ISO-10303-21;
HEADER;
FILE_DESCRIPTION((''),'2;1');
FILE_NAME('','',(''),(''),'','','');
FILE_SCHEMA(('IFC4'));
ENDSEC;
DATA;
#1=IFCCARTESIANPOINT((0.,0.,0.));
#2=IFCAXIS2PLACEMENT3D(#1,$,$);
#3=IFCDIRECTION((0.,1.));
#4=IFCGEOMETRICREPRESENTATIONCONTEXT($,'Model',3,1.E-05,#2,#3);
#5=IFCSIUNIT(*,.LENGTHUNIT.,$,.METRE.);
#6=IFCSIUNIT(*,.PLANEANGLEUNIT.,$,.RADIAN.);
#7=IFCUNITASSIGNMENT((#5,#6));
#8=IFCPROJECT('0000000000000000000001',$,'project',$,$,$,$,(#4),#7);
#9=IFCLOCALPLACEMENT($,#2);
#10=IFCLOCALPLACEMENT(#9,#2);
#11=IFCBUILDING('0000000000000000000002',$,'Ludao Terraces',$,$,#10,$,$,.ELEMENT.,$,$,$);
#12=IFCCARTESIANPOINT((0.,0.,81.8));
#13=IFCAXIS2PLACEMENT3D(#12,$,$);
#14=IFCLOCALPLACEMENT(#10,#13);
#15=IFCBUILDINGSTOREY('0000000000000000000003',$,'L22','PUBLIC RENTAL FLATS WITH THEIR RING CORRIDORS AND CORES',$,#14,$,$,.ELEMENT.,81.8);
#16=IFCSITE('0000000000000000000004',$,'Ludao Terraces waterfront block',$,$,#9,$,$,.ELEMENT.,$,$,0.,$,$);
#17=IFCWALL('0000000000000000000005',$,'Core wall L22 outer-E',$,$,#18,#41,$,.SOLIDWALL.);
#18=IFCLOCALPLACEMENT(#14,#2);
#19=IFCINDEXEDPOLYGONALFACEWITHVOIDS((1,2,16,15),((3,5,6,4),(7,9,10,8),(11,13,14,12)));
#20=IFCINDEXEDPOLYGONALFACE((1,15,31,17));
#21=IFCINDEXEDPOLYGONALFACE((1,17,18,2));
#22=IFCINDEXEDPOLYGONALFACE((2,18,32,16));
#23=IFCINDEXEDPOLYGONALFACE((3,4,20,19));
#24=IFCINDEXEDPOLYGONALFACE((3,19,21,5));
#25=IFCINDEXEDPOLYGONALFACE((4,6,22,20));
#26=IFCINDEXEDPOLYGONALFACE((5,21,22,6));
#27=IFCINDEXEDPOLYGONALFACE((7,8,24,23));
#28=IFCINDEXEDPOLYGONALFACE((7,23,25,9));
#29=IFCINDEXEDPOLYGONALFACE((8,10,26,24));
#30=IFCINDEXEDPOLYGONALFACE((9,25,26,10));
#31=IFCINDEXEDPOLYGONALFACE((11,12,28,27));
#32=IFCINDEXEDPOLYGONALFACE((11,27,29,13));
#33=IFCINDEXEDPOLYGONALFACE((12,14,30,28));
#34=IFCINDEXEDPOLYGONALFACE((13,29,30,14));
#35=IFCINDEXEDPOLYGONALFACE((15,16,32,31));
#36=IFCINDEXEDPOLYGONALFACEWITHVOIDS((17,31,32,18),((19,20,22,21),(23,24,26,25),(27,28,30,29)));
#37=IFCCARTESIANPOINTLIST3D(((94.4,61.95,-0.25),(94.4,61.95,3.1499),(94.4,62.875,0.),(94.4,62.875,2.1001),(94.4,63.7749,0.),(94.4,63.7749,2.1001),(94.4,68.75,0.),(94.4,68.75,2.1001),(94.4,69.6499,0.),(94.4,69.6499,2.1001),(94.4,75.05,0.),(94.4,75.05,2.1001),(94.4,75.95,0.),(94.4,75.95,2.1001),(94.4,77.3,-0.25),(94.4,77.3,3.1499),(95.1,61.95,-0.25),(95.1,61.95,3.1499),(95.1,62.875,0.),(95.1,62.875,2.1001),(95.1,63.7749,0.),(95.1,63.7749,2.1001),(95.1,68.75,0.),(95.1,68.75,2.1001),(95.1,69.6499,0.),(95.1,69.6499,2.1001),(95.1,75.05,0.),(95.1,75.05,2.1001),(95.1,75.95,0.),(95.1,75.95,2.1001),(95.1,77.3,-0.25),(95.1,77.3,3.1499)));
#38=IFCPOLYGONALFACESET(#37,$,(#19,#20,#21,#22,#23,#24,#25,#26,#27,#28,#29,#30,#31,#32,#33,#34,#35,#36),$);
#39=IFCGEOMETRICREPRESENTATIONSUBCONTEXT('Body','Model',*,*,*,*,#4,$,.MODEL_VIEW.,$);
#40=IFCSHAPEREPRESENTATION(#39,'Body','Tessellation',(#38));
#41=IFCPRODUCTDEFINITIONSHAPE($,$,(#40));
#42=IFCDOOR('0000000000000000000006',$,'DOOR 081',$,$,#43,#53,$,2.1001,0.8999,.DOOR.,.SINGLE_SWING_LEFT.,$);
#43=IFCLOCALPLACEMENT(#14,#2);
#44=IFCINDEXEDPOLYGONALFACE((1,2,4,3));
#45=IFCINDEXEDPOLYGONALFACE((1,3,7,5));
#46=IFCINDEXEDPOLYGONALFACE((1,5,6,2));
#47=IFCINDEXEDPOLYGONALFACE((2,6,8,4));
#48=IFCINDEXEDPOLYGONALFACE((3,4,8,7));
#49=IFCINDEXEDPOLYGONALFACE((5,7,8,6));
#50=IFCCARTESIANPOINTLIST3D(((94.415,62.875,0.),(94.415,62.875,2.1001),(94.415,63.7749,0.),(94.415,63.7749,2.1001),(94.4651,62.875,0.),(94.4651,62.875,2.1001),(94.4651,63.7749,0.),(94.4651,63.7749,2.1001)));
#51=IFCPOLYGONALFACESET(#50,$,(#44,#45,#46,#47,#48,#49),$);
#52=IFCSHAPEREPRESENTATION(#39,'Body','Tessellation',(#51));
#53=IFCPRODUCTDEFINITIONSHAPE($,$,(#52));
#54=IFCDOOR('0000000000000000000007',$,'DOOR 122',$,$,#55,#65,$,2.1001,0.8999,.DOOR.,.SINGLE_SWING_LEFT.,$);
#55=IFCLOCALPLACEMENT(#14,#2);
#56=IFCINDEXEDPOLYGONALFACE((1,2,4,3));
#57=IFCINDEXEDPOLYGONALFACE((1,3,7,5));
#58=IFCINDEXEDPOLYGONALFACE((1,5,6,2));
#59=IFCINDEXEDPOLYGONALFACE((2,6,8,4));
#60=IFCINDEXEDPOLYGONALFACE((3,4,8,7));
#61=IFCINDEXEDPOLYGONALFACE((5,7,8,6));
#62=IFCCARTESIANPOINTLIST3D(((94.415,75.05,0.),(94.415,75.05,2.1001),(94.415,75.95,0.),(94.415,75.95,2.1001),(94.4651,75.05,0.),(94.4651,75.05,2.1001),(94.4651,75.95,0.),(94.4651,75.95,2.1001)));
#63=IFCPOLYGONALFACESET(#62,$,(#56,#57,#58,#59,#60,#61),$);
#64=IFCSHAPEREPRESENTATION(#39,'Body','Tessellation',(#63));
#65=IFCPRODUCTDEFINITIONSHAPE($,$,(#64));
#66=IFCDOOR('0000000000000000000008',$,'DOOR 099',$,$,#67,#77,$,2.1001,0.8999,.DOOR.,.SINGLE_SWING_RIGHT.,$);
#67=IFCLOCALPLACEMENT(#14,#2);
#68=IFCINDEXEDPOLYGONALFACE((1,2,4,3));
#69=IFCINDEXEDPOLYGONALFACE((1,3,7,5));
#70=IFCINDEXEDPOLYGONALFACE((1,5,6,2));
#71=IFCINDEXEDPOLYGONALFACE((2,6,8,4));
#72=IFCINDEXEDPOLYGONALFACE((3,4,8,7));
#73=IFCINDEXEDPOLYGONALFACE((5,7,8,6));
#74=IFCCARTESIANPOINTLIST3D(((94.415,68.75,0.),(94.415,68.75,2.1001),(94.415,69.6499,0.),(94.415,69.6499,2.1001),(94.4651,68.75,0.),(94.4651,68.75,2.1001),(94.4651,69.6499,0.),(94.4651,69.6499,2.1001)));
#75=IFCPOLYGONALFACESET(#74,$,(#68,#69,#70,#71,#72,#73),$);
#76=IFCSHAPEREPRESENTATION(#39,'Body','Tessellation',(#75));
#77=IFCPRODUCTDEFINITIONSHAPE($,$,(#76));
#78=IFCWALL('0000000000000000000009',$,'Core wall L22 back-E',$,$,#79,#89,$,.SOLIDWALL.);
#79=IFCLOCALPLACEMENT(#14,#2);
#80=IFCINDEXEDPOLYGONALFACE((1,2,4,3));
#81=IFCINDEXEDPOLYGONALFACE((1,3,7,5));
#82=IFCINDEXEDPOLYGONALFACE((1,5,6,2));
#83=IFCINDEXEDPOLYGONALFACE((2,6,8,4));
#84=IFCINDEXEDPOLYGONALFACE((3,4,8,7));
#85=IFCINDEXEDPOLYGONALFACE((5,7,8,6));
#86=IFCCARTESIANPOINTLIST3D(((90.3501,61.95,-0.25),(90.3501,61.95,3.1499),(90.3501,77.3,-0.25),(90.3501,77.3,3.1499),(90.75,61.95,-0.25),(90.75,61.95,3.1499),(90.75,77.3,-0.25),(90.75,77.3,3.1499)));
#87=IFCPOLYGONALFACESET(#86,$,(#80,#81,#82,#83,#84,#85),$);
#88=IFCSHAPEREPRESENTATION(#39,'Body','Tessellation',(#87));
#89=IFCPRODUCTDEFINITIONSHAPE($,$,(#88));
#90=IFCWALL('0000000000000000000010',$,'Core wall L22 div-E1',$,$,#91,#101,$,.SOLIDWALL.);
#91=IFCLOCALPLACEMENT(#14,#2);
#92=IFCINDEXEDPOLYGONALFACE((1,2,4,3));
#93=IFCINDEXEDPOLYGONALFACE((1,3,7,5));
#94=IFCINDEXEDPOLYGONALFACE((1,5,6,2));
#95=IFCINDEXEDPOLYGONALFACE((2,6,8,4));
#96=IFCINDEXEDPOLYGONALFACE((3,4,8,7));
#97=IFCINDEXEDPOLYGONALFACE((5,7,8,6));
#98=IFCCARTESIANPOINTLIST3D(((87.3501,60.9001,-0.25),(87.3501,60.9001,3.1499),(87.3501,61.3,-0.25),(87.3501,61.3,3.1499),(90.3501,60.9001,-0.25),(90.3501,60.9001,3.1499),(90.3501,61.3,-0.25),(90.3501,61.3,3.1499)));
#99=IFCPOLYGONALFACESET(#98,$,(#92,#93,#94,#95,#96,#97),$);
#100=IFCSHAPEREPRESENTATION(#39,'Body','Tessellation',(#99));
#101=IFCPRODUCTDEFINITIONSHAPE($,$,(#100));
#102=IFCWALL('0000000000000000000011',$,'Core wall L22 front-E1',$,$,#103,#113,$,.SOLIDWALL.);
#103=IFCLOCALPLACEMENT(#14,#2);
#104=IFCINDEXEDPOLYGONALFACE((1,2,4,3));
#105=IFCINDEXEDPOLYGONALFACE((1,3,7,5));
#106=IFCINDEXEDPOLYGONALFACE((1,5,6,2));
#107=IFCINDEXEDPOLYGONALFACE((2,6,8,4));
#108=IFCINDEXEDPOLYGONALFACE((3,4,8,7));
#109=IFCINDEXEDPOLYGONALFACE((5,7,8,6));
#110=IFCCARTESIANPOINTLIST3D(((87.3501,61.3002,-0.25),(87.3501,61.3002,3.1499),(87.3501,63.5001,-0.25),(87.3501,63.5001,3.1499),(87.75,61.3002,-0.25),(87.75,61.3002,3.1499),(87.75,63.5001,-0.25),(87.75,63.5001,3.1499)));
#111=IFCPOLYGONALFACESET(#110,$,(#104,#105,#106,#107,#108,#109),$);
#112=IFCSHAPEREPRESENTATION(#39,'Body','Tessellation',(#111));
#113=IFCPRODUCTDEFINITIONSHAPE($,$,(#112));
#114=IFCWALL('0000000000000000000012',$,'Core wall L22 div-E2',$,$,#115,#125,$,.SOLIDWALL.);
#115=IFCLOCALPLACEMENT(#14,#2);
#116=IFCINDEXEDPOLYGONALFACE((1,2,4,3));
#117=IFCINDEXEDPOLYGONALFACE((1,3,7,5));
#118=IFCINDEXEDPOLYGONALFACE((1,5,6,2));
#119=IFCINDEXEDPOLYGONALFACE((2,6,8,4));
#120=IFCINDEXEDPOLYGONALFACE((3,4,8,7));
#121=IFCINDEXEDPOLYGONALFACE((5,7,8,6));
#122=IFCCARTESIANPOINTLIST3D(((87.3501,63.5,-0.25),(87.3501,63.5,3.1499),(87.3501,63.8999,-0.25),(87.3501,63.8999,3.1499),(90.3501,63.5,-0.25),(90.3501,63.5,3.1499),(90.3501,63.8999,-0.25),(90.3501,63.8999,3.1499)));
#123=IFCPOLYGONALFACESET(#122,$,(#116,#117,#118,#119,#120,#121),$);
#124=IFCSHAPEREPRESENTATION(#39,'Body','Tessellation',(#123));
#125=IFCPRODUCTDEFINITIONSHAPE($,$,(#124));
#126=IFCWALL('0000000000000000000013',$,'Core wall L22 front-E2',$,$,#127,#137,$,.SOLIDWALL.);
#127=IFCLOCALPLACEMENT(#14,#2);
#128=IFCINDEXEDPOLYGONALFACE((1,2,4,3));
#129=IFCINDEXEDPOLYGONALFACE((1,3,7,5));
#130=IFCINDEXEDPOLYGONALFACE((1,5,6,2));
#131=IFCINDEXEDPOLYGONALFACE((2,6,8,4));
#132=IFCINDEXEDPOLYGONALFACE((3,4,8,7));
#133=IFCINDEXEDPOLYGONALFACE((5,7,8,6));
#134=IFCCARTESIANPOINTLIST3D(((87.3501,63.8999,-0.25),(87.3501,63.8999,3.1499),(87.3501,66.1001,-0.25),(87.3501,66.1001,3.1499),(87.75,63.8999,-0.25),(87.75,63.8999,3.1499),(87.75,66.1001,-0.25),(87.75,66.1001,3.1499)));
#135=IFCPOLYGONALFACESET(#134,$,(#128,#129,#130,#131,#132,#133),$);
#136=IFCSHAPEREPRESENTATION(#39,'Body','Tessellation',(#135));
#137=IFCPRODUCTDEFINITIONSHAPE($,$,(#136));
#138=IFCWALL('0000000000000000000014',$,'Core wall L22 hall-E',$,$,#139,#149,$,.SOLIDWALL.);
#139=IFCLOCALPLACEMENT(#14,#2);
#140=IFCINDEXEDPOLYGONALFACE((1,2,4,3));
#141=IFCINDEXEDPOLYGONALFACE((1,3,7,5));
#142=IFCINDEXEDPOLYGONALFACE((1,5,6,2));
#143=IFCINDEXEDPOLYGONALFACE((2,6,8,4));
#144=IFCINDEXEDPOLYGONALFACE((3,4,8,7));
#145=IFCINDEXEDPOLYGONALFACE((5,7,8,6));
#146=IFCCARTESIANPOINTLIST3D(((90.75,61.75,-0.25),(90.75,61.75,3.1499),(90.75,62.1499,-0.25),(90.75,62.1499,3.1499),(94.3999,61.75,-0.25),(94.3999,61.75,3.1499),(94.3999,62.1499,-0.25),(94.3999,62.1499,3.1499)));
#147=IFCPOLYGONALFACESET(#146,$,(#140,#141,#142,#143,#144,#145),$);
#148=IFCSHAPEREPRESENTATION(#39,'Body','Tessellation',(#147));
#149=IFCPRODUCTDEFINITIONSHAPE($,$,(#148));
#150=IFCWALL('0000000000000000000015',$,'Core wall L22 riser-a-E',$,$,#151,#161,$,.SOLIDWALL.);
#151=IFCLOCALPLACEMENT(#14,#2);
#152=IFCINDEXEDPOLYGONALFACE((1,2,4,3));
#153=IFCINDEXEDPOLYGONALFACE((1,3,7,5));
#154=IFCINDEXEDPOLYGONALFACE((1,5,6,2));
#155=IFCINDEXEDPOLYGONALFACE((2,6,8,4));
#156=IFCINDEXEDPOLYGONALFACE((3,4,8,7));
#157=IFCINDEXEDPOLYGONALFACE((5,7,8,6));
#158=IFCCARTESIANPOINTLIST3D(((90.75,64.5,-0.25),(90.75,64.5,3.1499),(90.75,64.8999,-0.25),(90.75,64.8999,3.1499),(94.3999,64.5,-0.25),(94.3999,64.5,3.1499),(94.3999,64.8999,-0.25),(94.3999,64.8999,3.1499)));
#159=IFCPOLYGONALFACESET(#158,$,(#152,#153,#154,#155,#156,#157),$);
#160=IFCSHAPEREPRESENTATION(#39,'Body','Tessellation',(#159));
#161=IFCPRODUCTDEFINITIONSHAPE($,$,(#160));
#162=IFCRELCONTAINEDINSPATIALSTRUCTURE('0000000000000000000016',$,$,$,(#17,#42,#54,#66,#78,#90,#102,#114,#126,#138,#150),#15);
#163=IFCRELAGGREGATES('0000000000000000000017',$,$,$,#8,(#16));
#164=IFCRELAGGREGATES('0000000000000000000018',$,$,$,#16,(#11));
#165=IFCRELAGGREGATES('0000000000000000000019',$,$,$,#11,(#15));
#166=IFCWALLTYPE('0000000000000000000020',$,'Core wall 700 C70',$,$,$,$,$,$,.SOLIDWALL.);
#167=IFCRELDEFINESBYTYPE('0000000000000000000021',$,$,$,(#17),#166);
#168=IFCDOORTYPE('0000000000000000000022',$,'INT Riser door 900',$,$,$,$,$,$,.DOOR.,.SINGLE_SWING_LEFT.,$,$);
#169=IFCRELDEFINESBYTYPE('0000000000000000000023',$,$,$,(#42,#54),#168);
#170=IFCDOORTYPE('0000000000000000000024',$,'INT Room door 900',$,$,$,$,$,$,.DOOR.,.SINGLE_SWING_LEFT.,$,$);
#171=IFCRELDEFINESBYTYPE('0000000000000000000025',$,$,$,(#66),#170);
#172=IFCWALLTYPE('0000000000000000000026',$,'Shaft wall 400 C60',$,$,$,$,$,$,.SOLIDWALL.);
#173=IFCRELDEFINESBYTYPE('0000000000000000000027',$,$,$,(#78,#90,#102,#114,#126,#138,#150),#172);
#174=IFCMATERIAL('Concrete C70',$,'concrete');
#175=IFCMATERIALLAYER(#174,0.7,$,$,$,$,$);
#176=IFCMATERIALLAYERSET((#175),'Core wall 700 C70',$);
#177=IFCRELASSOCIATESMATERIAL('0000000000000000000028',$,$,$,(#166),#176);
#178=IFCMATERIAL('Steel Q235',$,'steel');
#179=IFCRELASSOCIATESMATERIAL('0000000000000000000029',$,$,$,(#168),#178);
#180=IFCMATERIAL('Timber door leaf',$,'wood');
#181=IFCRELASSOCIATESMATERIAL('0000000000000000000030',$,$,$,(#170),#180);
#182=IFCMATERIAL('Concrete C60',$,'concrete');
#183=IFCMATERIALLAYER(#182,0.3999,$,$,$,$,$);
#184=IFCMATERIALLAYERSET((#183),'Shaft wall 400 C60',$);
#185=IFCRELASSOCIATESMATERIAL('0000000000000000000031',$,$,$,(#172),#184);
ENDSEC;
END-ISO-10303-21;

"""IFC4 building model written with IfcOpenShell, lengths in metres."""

from ifc_helpers import new_model, si_unit, direction, frame, frame_2d, origin, place, context, subcontext, project, spatial, rectangle, extrude, material, layer, layer_set, type_object, element, fill, save


model = new_model("IFC4")

# Units and contexts
model_context = context("Model", 3, precision=1e-05, world=origin(), true_north=direction((0.0, 1.0)))
body_context = subcontext(model_context, "Body", "Model", "MODEL_VIEW")
ifc_project = project(units=[si_unit("LENGTHUNIT", "METRE"), si_unit("PLANEANGLEUNIT", "RADIAN")], contexts=[model_context])

# Site, building, storey
site_placement = place(None, origin())
site = spatial("IfcSite", under=ifc_project, at=site_placement, Name="Ludao Terraces waterfront block", CompositionType="ELEMENT", RefElevation=0.0)
building_placement = place(site_placement, origin())
building = spatial("IfcBuilding", under=site, at=building_placement, Name="Ludao Terraces", CompositionType="ELEMENT")
storey_placement = place(building_placement, frame((0.0, 0.0, 81.8)))
storey = spatial("IfcBuildingStorey", under=building, at=storey_placement, Name="L22", Description="PUBLIC RENTAL FLATS WITH THEIR RING CORRIDORS AND CORES", CompositionType="ELEMENT", Elevation=81.8)

# Wall, openings, doors
ifc_material_1 = material(Name="Concrete C70", Category="concrete")
ifc_layer_1 = layer(ifc_material_1, 0.7)
ifc_layer_set_1 = layer_set([ifc_layer_1], Name="Core wall 700 C70")
wall_type_1 = type_object("IfcWallType", Name="Core wall 700 C70", PredefinedType="SOLIDWALL", material=ifc_layer_set_1)
wall_1_placement = place(storey_placement, frame((94.75, 61.95, -0.25), z_axis=(0.0, 0.0, 1.0), x_axis=(0.0, 1.0, 0.0)))
wall_1 = element("IfcWall", 1, at=wall_1_placement, inside=storey, type_object=wall_type_1, Name="Core wall L22 outer-E", PredefinedType="SOLIDWALL", context=body_context, shape_type="SweptSolid", body=[
    extrude(rectangle(XDim=15.3501, YDim=0.7, at=frame_2d((7.675, 0.0))), origin(), (0.0, 0.0, 1.0), 3.3999),
])
opening_1_placement = place(wall_1_placement, frame((0.925, 0.0, 0.25)))
opening_1 = element("IfcOpeningElement", 2, at=opening_1_placement, cuts=wall_1, PredefinedType="OPENING", context=body_context, shape_type="SweptSolid", body=[
    extrude(rectangle(XDim=0.8999, YDim=2.1001, at=frame_2d((0.45, 1.05))), frame((0.0, 0.3599, 0.0), z_axis=(0.0, -1.0, 0.0), x_axis=(1.0, 0.0, 0.0)), (0.0, 0.0, 1.0), 0.72),
])
opening_2_placement = place(wall_1_placement, frame((6.8, 0.0, 0.25)))
opening_2 = element("IfcOpeningElement", 3, at=opening_2_placement, cuts=wall_1, PredefinedType="OPENING", context=body_context, shape_type="SweptSolid", body=[
    extrude(rectangle(XDim=0.8999, YDim=2.1001, at=frame_2d((0.45, 1.05))), frame((0.0, 0.3599, 0.0), z_axis=(0.0, -1.0, 0.0), x_axis=(1.0, 0.0, 0.0)), (0.0, 0.0, 1.0), 0.72),
])
opening_3_placement = place(wall_1_placement, frame((13.1001, 0.0, 0.25)))
opening_3 = element("IfcOpeningElement", 4, at=opening_3_placement, cuts=wall_1, PredefinedType="OPENING", context=body_context, shape_type="SweptSolid", body=[
    extrude(rectangle(XDim=0.8999, YDim=2.1001, at=frame_2d((0.45, 1.05))), frame((0.0, 0.3599, 0.0), z_axis=(0.0, -1.0, 0.0), x_axis=(1.0, 0.0, 0.0)), (0.0, 0.0, 1.0), 0.72),
])
ifc_material_2 = material(Name="Steel Q235", Category="steel")
door_type_1 = type_object("IfcDoorType", Name="INT Riser door 900", OperationType="SINGLE_SWING_LEFT", PredefinedType="DOOR", material=ifc_material_2)
door_1_placement = place(opening_1_placement, origin())
door_1 = element("IfcDoor", 5, at=door_1_placement, inside=storey, type_object=door_type_1, Name="DOOR 081", OperationType="SINGLE_SWING_LEFT", OverallHeight=2.1001, OverallWidth=0.8999, PredefinedType="DOOR", context=body_context, shape_type="SweptSolid", body=[
    extrude(rectangle(XDim=0.8999, YDim=2.1001, at=frame_2d((0.45, 1.05))), frame((0.0, 0.335, 0.0), z_axis=(0.0, -1.0, 0.0), x_axis=(1.0, 0.0, 0.0)), (0.0, 0.0, 1.0), 0.05),
])
fill(opening_1, door_1)
door_2_placement = place(opening_3_placement, origin())
door_2 = element("IfcDoor", 6, at=door_2_placement, inside=storey, type_object=door_type_1, Name="DOOR 122", OperationType="SINGLE_SWING_LEFT", OverallHeight=2.1001, OverallWidth=0.8999, PredefinedType="DOOR", context=body_context, shape_type="SweptSolid", body=[
    extrude(rectangle(XDim=0.8999, YDim=2.1001, at=frame_2d((0.45, 1.05))), frame((0.0, 0.335, 0.0), z_axis=(0.0, -1.0, 0.0), x_axis=(1.0, 0.0, 0.0)), (0.0, 0.0, 1.0), 0.05),
])
fill(opening_3, door_2)
ifc_material_3 = material(Name="Timber door leaf", Category="wood")
door_type_2 = type_object("IfcDoorType", Name="INT Room door 900", OperationType="SINGLE_SWING_LEFT", PredefinedType="DOOR", material=ifc_material_3)
door_3_placement = place(opening_2_placement, origin())
door_3 = element("IfcDoor", 7, at=door_3_placement, inside=storey, type_object=door_type_2, Name="DOOR 099", OperationType="SINGLE_SWING_RIGHT", OverallHeight=2.1001, OverallWidth=0.8999, PredefinedType="DOOR", context=body_context, shape_type="SweptSolid", body=[
    extrude(rectangle(XDim=0.8999, YDim=2.1001, at=frame_2d((0.45, 1.05))), frame((0.0, 0.335, 0.0), z_axis=(0.0, -1.0, 0.0), x_axis=(1.0, 0.0, 0.0)), (0.0, 0.0, 1.0), 0.05),
])
fill(opening_2, door_3)

# Walls
ifc_material_4 = material(Name="Concrete C60", Category="concrete")
ifc_layer_2 = layer(ifc_material_4, 0.3999)
ifc_layer_set_2 = layer_set([ifc_layer_2], Name="Shaft wall 400 C60")
wall_type_2 = type_object("IfcWallType", Name="Shaft wall 400 C60", PredefinedType="SOLIDWALL", material=ifc_layer_set_2)
wall_2_placement = place(storey_placement, frame((90.55, 61.95, -0.25), z_axis=(0.0, 0.0, 1.0), x_axis=(0.0, 1.0, 0.0)))
element("IfcWall", 8, at=wall_2_placement, inside=storey, type_object=wall_type_2, Name="Core wall L22 back-E", PredefinedType="SOLIDWALL", context=body_context, shape_type="SweptSolid", body=[
    extrude(rectangle(XDim=15.3501, YDim=0.3999, at=frame_2d((7.675, 0.0))), origin(), (0.0, 0.0, 1.0), 3.3999),
])
wall_3_placement = place(storey_placement, frame((87.3501, 61.1001, -0.25), z_axis=(0.0, 0.0, 1.0), x_axis=(1.0, 0.0, 0.0)))
element("IfcWall", 9, at=wall_3_placement, inside=storey, type_object=wall_type_2, Name="Core wall L22 div-E1", PredefinedType="SOLIDWALL", context=body_context, shape_type="SweptSolid", body=[
    extrude(rectangle(XDim=3.0, YDim=0.3999, at=frame_2d((1.5, 0.0))), origin(), (0.0, 0.0, 1.0), 3.3999),
])
wall_4_placement = place(storey_placement, frame((87.55, 61.3, -0.25), z_axis=(0.0, 0.0, 1.0), x_axis=(0.0, 1.0, 0.0)))
element("IfcWall", 10, at=wall_4_placement, inside=storey, type_object=wall_type_2, Name="Core wall L22 front-E1", PredefinedType="SOLIDWALL", context=body_context, shape_type="SweptSolid", body=[
    extrude(rectangle(XDim=2.2, YDim=0.3999, at=frame_2d((1.1001, 0.0))), origin(), (0.0, 0.0, 1.0), 3.3999),
])
wall_5_placement = place(storey_placement, frame((87.3501, 63.7, -0.25), z_axis=(0.0, 0.0, 1.0), x_axis=(1.0, 0.0, 0.0)))
element("IfcWall", 11, at=wall_5_placement, inside=storey, type_object=wall_type_2, Name="Core wall L22 div-E2", PredefinedType="SOLIDWALL", context=body_context, shape_type="SweptSolid", body=[
    extrude(rectangle(XDim=3.0, YDim=0.3999, at=frame_2d((1.5, 0.0))), origin(), (0.0, 0.0, 1.0), 3.3999),
])
wall_6_placement = place(storey_placement, frame((87.55, 63.8999, -0.25), z_axis=(0.0, 0.0, 1.0), x_axis=(0.0, 1.0, 0.0)))
element("IfcWall", 12, at=wall_6_placement, inside=storey, type_object=wall_type_2, Name="Core wall L22 front-E2", PredefinedType="SOLIDWALL", context=body_context, shape_type="SweptSolid", body=[
    extrude(rectangle(XDim=2.2002, YDim=0.3999, at=frame_2d((1.1001, 0.0))), origin(), (0.0, 0.0, 1.0), 3.3999),
])
for number, where, z_axis, x_axis, name in (
    (13, (90.75, 61.95, -0.25), (0.0, 0.0, 1.0), (1.0, 0.0, 0.0), "Core wall L22 hall-E"),
    (14, (90.75, 64.7, -0.25), (0.0, 0.0, 1.0), (1.0, 0.0, 0.0), "Core wall L22 riser-a-E"),
):
    element("IfcWall", number, at=place(storey_placement, frame(where, z_axis=z_axis, x_axis=x_axis)), inside=storey, type_object=wall_type_2, Name=name, PredefinedType="SOLIDWALL", context=body_context, shape_type="SweptSolid", body=[
        extrude(rectangle(XDim=3.6499, YDim=0.3999, at=frame_2d((1.825, 0.0))), origin(), (0.0, 0.0, 1.0), 3.3999),
    ])

save(model, "model.ifc")
